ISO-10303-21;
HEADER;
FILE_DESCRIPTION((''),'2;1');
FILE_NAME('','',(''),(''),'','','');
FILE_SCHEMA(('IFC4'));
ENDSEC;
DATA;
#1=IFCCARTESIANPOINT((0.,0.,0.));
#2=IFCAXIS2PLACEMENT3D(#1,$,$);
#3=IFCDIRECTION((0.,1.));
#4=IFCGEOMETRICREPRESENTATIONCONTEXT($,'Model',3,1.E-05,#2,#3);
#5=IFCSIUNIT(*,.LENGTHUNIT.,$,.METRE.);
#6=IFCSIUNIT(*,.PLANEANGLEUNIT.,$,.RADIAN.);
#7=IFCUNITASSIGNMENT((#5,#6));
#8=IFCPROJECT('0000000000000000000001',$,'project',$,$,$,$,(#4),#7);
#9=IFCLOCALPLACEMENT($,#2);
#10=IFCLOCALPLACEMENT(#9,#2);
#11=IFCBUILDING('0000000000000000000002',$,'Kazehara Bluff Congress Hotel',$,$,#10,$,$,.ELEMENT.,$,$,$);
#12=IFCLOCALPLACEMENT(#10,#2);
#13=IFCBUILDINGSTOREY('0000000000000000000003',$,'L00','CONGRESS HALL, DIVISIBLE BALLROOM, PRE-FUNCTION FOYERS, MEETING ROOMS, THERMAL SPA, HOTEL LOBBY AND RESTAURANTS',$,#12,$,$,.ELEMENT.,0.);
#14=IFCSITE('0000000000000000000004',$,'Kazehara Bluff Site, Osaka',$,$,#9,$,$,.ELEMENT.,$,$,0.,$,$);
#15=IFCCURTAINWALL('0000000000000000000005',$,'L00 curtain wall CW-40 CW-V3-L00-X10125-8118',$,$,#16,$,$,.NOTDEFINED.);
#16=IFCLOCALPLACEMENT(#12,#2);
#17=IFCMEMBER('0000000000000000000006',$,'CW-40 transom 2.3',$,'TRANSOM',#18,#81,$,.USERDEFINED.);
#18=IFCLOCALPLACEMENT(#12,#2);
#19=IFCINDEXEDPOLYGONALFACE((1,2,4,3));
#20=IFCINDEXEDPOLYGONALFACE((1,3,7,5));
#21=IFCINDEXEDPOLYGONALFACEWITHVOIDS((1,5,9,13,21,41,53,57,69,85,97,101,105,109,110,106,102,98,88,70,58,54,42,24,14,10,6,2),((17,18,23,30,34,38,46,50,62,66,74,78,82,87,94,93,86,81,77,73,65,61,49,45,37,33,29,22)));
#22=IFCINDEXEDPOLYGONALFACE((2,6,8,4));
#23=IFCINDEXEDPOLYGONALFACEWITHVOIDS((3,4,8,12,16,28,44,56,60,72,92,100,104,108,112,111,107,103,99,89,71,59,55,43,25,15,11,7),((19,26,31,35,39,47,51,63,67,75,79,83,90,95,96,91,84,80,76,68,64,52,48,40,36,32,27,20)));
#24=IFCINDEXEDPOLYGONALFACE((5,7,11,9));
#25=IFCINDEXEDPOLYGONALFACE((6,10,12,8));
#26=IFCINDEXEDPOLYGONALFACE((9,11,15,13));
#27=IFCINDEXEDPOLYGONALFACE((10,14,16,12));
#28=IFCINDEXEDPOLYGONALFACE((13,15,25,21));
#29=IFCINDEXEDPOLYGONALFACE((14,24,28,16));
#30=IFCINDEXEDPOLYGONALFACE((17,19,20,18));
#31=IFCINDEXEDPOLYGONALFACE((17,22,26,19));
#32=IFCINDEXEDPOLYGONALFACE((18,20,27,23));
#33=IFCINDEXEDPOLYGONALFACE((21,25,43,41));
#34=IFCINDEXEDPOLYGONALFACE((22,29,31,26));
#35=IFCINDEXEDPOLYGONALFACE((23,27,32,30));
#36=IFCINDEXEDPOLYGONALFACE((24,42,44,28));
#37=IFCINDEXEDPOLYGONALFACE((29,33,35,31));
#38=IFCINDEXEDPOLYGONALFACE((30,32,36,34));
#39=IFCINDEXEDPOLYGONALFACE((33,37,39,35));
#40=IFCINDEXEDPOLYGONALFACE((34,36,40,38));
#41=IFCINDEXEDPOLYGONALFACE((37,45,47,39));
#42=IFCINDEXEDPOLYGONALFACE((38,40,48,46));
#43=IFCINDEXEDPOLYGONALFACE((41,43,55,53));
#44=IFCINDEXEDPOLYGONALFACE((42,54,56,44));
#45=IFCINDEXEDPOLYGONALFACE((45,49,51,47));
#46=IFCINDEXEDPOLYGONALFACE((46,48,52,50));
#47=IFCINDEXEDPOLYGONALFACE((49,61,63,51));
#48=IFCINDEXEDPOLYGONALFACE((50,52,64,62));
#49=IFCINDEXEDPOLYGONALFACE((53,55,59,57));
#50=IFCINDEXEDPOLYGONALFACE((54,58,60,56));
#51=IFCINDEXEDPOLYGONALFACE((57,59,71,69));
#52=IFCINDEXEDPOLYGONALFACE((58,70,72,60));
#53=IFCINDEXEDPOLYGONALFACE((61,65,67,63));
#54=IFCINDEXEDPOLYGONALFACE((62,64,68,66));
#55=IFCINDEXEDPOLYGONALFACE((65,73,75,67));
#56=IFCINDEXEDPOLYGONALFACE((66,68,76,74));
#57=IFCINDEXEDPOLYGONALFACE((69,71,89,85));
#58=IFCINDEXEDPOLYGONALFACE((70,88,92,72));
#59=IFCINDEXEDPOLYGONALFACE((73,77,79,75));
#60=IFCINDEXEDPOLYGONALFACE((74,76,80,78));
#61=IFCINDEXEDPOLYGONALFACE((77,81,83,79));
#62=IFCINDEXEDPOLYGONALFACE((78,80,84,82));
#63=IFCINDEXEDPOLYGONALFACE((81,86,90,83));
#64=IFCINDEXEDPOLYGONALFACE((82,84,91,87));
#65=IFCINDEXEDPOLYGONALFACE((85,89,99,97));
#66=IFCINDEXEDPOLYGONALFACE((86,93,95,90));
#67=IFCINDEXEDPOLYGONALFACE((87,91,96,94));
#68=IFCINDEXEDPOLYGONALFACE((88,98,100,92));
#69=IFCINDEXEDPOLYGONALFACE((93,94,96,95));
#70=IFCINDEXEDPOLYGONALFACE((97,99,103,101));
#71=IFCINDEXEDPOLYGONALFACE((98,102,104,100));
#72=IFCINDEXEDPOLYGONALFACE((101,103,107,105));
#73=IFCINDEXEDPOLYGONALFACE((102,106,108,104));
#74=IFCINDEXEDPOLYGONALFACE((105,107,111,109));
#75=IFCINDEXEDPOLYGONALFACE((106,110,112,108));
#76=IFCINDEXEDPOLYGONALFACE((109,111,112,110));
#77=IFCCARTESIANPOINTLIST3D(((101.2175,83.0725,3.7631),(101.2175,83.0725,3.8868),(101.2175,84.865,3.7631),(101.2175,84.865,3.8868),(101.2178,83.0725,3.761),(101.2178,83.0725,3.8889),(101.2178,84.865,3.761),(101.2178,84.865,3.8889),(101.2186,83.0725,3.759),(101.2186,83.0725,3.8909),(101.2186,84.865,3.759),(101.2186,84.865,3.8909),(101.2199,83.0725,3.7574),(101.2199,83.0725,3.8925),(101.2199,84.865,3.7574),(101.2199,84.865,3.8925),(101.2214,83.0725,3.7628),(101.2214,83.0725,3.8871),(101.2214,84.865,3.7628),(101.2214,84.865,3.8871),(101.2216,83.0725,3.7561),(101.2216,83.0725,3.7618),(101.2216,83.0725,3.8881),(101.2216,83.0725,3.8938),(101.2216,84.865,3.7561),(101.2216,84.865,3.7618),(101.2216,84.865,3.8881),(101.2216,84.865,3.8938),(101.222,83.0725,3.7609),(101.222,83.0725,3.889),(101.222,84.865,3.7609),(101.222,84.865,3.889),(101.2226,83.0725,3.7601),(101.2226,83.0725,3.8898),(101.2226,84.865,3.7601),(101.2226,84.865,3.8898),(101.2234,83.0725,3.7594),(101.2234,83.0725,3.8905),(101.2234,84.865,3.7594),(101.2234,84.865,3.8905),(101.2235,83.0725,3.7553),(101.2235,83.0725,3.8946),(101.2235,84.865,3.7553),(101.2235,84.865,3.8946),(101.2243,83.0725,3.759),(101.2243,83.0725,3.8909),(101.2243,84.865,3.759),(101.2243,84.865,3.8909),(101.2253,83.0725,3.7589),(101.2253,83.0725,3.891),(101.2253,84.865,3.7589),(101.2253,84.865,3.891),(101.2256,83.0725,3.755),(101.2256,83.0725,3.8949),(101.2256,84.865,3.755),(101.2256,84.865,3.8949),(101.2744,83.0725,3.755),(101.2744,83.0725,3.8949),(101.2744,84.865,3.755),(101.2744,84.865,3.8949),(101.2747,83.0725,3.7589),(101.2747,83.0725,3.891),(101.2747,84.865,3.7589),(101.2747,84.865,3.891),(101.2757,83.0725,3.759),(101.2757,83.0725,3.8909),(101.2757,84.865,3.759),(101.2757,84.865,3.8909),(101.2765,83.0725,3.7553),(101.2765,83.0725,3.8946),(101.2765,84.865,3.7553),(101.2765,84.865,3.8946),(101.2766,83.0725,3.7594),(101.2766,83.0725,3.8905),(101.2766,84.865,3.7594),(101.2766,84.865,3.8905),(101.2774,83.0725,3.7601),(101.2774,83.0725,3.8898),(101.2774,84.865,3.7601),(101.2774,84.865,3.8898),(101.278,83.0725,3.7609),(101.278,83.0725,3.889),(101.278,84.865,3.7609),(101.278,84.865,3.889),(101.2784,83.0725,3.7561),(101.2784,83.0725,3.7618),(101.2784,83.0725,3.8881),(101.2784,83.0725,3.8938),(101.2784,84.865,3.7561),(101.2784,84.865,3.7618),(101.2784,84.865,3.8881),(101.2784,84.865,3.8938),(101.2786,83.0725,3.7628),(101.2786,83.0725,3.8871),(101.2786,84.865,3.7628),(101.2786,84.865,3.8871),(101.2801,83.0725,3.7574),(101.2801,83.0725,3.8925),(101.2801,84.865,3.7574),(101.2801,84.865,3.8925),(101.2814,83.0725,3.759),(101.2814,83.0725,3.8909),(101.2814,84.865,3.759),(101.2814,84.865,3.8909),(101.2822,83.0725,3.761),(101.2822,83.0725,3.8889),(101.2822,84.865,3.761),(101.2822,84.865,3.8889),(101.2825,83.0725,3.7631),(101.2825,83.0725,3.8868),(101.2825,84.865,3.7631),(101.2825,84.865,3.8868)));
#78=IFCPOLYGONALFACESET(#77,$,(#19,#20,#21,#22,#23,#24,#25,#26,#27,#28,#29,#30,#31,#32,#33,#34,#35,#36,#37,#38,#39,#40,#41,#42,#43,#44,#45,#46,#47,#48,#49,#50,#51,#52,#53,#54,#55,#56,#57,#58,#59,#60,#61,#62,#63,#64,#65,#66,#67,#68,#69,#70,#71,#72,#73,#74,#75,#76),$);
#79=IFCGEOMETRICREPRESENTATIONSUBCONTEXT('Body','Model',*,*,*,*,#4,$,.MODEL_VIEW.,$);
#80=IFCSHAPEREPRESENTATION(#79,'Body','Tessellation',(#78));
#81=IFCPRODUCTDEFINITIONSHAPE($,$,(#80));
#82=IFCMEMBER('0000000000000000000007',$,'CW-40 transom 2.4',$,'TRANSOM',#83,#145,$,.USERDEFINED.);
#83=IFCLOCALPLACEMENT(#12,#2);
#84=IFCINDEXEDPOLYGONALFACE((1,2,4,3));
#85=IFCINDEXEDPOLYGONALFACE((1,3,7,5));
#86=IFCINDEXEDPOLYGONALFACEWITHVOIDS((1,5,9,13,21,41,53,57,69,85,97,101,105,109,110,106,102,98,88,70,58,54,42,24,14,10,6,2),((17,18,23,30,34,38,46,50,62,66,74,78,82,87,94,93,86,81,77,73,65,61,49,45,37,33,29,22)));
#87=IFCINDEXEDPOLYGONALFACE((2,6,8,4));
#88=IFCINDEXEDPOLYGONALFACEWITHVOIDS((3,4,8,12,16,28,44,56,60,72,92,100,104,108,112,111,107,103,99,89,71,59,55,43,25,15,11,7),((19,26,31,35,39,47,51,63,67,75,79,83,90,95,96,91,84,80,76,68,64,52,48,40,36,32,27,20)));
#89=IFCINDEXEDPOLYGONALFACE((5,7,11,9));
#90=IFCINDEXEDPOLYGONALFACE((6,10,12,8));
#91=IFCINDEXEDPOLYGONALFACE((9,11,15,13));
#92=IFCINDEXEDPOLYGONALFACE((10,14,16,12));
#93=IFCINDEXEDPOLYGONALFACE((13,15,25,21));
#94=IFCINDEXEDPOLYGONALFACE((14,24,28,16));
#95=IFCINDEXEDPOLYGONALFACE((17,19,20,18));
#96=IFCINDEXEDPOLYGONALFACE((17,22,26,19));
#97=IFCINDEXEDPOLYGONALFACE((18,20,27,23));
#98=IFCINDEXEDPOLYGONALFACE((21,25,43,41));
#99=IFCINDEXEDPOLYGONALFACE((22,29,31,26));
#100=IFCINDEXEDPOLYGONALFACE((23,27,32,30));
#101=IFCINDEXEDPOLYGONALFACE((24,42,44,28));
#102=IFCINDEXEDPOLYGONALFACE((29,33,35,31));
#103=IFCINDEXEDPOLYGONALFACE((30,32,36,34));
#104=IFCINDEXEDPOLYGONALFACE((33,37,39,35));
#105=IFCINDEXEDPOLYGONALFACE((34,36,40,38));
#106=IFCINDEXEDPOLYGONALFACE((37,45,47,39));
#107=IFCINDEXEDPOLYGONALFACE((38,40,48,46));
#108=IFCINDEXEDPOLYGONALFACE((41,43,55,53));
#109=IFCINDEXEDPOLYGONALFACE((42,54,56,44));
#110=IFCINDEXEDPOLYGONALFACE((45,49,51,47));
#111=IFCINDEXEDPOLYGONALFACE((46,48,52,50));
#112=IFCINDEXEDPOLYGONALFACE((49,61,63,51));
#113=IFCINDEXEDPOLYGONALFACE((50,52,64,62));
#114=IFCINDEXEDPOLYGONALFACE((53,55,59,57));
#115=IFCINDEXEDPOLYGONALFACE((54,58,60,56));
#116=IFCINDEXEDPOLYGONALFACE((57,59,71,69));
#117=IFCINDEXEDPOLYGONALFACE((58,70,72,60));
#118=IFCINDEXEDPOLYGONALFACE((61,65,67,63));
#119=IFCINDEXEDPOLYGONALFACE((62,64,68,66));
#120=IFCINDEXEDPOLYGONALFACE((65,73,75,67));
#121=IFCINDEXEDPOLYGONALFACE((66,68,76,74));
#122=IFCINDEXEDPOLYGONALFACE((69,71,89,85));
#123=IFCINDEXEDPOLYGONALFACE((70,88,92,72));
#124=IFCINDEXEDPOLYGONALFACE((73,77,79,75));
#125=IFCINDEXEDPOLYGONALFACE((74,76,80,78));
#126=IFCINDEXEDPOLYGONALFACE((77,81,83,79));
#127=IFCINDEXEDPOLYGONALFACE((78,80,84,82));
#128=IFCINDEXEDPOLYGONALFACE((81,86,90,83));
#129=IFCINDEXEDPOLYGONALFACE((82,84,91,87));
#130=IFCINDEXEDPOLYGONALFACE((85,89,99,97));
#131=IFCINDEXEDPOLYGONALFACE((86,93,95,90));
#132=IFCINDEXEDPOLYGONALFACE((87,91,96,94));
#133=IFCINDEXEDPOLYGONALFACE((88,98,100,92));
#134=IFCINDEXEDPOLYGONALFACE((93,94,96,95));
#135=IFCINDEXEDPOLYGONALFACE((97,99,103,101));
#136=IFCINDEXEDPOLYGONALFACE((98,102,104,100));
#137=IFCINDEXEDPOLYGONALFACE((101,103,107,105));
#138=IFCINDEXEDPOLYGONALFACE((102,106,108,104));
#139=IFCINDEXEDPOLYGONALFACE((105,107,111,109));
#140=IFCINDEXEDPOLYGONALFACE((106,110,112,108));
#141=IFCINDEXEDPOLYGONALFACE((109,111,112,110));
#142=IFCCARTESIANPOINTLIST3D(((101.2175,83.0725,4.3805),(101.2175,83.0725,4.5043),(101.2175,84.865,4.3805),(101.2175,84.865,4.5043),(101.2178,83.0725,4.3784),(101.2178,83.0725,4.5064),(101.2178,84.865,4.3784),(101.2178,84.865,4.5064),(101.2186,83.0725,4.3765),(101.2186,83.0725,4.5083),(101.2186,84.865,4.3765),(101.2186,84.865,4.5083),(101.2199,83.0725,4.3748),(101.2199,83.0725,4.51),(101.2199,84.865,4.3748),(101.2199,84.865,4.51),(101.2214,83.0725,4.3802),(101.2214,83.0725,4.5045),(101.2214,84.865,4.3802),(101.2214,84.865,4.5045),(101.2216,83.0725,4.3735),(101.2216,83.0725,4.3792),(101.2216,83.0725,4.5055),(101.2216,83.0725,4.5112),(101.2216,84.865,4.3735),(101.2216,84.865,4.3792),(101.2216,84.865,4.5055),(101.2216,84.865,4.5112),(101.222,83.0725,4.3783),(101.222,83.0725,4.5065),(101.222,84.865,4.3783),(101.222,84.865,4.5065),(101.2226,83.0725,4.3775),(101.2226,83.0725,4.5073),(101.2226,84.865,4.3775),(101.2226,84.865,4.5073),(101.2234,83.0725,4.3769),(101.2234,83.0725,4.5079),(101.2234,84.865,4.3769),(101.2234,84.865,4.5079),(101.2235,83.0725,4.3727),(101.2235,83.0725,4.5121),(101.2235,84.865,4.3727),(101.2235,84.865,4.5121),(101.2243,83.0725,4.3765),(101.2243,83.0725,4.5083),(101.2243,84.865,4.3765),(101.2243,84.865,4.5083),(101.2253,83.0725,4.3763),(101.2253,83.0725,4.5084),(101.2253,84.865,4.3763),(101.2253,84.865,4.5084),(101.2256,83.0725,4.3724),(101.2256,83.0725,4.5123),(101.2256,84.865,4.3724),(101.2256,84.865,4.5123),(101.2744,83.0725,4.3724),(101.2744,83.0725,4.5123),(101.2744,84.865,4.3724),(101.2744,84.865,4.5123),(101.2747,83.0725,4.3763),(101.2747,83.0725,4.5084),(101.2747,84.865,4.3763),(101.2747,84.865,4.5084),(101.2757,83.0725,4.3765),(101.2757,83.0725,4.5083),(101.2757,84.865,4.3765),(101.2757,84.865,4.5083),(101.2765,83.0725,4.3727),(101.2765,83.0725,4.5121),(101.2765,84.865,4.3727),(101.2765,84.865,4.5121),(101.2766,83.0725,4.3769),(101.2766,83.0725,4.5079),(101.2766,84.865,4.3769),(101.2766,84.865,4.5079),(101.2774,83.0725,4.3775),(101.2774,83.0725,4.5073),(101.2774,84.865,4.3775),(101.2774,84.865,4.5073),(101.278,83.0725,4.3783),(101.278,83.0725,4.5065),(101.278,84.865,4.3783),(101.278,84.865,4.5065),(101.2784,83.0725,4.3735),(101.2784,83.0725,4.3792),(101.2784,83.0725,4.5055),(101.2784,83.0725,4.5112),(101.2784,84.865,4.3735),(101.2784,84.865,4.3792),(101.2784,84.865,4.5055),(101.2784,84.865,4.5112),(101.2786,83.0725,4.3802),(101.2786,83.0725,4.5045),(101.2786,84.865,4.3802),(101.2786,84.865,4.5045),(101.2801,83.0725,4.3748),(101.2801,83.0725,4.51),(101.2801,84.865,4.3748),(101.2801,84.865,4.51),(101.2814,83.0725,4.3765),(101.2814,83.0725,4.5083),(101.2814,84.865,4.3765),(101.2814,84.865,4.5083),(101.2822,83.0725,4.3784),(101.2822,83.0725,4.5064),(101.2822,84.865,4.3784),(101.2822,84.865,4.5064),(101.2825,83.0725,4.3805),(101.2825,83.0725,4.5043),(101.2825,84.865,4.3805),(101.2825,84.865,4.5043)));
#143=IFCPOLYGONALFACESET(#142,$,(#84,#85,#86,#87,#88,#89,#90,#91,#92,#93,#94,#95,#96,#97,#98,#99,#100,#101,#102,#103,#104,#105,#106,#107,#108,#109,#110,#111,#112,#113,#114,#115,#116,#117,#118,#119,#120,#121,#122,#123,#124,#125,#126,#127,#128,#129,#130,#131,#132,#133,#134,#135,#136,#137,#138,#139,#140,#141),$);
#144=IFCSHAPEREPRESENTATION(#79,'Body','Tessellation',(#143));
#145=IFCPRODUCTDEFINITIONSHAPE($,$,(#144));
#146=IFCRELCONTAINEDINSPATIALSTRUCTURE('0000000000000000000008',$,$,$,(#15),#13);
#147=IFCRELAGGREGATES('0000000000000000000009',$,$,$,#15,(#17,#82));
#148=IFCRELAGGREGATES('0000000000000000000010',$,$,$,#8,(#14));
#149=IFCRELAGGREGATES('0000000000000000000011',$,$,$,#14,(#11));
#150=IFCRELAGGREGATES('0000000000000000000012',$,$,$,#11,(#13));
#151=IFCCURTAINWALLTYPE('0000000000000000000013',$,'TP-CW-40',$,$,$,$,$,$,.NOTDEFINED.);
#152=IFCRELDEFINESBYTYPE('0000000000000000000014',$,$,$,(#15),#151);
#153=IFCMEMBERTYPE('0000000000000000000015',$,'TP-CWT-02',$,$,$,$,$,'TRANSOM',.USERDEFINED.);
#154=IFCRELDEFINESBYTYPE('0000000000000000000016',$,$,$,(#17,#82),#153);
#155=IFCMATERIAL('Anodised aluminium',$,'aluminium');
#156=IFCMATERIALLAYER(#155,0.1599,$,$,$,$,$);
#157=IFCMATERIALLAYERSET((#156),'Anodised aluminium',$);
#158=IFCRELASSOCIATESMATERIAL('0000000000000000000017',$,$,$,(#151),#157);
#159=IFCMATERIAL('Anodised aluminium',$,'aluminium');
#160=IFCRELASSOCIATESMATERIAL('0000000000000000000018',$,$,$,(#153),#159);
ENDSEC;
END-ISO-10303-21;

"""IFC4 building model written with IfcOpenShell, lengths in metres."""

from ifc_helpers import new_model, si_unit, direction, frame, origin, origin_2d, place, context, subcontext, project, spatial, hollow_rectangle, extrude, material, layer, layer_set, material_profile, profile_set, type_object, element, aggregate, save


model = new_model("IFC4")

# Units and contexts
model_context = context("Model", 3, precision=1e-05, world=origin(), true_north=direction((0.0, 1.0)))
body_context = subcontext(model_context, "Body", "Model", "MODEL_VIEW")
ifc_project = project(units=[si_unit("LENGTHUNIT", "METRE"), si_unit("PLANEANGLEUNIT", "RADIAN")], contexts=[model_context])

# Site, building, storey
site_placement = place(None, origin())
site = spatial("IfcSite", under=ifc_project, at=site_placement, Name="Kazehara Bluff Site, Osaka", CompositionType="ELEMENT", RefElevation=0.0)
building_placement = place(site_placement, origin())
building = spatial("IfcBuilding", under=site, at=building_placement, Name="Kazehara Bluff Congress Hotel", CompositionType="ELEMENT")
storey_placement = place(building_placement, origin())
storey = spatial("IfcBuildingStorey", under=building, at=storey_placement, Name="L00", Description="CONGRESS HALL, DIVISIBLE BALLROOM, PRE-FUNCTION FOYERS, MEETING ROOMS, THERMAL SPA, HOTEL LOBBY AND RESTAURANTS", CompositionType="ELEMENT", Elevation=0.0)

# Curtain wall
ifc_material_1 = material(Name="Anodised aluminium", Category="aluminium")
ifc_layer_1 = layer(ifc_material_1, 0.1599)
ifc_layer_set_1 = layer_set([ifc_layer_1], Name="Anodised aluminium")
curtain_wall_type = type_object("IfcCurtainWallType", Name="TP-CW-40", PredefinedType="NOTDEFINED", material=ifc_layer_set_1)
curtain_wall_1_placement = place(storey_placement, origin())
curtain_wall_1 = element("IfcCurtainWall", 1, at=curtain_wall_1_placement, inside=storey, type_object=curtain_wall_type, Name="L00 curtain wall CW-40 CW-V3-L00-X10125-8118", PredefinedType="NOTDEFINED")

# Members
ifc_material_2 = material(Name="Anodised aluminium", Category="aluminium")
ifc_material_profile_1 = material_profile(ifc_material_2, hollow_rectangle(XDim=0.0649, YDim=0.1399, WallThickness=0.0039, InnerFilletRadius=0.0039, OuterFilletRadius=0.0081, at=origin_2d()))
ifc_profile_set_1 = profile_set([ifc_material_profile_1], Name="Anodised aluminium")
member_type_1 = type_object("IfcMemberType", Name="TP-CWT-02", ElementType="TRANSOM", PredefinedType="USERDEFINED", material=ifc_profile_set_1)
member_1_placement = place(storey_placement, frame((101.25, 83.0725, 3.825), z_axis=(0.0, 1.0, 0.0), x_axis=(-1.0, 0.0, 0.0)))
member_1 = element("IfcMember", 2, at=member_1_placement, type_object=member_type_1, Name="CW-40 transom 2.3", ObjectType="TRANSOM", PredefinedType="USERDEFINED", context=body_context, shape_type="SweptSolid", body=[
    extrude(hollow_rectangle(XDim=0.0649, YDim=0.1399, WallThickness=0.0039, InnerFilletRadius=0.0039, OuterFilletRadius=0.0081, at=origin_2d()), origin(), (0.0, 0.0, 1.0), 1.7925),
])
member_2_placement = place(storey_placement, frame((101.25, 83.0725, 4.4424), z_axis=(0.0, 1.0, 0.0), x_axis=(-1.0, 0.0, 0.0)))
member_2 = element("IfcMember", 3, at=member_2_placement, type_object=member_type_1, Name="CW-40 transom 2.4", ObjectType="TRANSOM", PredefinedType="USERDEFINED", context=body_context, shape_type="SweptSolid", body=[
    extrude(hollow_rectangle(XDim=0.0649, YDim=0.1399, WallThickness=0.0039, InnerFilletRadius=0.0039, OuterFilletRadius=0.0081, at=origin_2d()), origin(), (0.0, 0.0, 1.0), 1.7925),
])

aggregate(curtain_wall_1, [member_1, member_2])

save(model, "model.ifc")
